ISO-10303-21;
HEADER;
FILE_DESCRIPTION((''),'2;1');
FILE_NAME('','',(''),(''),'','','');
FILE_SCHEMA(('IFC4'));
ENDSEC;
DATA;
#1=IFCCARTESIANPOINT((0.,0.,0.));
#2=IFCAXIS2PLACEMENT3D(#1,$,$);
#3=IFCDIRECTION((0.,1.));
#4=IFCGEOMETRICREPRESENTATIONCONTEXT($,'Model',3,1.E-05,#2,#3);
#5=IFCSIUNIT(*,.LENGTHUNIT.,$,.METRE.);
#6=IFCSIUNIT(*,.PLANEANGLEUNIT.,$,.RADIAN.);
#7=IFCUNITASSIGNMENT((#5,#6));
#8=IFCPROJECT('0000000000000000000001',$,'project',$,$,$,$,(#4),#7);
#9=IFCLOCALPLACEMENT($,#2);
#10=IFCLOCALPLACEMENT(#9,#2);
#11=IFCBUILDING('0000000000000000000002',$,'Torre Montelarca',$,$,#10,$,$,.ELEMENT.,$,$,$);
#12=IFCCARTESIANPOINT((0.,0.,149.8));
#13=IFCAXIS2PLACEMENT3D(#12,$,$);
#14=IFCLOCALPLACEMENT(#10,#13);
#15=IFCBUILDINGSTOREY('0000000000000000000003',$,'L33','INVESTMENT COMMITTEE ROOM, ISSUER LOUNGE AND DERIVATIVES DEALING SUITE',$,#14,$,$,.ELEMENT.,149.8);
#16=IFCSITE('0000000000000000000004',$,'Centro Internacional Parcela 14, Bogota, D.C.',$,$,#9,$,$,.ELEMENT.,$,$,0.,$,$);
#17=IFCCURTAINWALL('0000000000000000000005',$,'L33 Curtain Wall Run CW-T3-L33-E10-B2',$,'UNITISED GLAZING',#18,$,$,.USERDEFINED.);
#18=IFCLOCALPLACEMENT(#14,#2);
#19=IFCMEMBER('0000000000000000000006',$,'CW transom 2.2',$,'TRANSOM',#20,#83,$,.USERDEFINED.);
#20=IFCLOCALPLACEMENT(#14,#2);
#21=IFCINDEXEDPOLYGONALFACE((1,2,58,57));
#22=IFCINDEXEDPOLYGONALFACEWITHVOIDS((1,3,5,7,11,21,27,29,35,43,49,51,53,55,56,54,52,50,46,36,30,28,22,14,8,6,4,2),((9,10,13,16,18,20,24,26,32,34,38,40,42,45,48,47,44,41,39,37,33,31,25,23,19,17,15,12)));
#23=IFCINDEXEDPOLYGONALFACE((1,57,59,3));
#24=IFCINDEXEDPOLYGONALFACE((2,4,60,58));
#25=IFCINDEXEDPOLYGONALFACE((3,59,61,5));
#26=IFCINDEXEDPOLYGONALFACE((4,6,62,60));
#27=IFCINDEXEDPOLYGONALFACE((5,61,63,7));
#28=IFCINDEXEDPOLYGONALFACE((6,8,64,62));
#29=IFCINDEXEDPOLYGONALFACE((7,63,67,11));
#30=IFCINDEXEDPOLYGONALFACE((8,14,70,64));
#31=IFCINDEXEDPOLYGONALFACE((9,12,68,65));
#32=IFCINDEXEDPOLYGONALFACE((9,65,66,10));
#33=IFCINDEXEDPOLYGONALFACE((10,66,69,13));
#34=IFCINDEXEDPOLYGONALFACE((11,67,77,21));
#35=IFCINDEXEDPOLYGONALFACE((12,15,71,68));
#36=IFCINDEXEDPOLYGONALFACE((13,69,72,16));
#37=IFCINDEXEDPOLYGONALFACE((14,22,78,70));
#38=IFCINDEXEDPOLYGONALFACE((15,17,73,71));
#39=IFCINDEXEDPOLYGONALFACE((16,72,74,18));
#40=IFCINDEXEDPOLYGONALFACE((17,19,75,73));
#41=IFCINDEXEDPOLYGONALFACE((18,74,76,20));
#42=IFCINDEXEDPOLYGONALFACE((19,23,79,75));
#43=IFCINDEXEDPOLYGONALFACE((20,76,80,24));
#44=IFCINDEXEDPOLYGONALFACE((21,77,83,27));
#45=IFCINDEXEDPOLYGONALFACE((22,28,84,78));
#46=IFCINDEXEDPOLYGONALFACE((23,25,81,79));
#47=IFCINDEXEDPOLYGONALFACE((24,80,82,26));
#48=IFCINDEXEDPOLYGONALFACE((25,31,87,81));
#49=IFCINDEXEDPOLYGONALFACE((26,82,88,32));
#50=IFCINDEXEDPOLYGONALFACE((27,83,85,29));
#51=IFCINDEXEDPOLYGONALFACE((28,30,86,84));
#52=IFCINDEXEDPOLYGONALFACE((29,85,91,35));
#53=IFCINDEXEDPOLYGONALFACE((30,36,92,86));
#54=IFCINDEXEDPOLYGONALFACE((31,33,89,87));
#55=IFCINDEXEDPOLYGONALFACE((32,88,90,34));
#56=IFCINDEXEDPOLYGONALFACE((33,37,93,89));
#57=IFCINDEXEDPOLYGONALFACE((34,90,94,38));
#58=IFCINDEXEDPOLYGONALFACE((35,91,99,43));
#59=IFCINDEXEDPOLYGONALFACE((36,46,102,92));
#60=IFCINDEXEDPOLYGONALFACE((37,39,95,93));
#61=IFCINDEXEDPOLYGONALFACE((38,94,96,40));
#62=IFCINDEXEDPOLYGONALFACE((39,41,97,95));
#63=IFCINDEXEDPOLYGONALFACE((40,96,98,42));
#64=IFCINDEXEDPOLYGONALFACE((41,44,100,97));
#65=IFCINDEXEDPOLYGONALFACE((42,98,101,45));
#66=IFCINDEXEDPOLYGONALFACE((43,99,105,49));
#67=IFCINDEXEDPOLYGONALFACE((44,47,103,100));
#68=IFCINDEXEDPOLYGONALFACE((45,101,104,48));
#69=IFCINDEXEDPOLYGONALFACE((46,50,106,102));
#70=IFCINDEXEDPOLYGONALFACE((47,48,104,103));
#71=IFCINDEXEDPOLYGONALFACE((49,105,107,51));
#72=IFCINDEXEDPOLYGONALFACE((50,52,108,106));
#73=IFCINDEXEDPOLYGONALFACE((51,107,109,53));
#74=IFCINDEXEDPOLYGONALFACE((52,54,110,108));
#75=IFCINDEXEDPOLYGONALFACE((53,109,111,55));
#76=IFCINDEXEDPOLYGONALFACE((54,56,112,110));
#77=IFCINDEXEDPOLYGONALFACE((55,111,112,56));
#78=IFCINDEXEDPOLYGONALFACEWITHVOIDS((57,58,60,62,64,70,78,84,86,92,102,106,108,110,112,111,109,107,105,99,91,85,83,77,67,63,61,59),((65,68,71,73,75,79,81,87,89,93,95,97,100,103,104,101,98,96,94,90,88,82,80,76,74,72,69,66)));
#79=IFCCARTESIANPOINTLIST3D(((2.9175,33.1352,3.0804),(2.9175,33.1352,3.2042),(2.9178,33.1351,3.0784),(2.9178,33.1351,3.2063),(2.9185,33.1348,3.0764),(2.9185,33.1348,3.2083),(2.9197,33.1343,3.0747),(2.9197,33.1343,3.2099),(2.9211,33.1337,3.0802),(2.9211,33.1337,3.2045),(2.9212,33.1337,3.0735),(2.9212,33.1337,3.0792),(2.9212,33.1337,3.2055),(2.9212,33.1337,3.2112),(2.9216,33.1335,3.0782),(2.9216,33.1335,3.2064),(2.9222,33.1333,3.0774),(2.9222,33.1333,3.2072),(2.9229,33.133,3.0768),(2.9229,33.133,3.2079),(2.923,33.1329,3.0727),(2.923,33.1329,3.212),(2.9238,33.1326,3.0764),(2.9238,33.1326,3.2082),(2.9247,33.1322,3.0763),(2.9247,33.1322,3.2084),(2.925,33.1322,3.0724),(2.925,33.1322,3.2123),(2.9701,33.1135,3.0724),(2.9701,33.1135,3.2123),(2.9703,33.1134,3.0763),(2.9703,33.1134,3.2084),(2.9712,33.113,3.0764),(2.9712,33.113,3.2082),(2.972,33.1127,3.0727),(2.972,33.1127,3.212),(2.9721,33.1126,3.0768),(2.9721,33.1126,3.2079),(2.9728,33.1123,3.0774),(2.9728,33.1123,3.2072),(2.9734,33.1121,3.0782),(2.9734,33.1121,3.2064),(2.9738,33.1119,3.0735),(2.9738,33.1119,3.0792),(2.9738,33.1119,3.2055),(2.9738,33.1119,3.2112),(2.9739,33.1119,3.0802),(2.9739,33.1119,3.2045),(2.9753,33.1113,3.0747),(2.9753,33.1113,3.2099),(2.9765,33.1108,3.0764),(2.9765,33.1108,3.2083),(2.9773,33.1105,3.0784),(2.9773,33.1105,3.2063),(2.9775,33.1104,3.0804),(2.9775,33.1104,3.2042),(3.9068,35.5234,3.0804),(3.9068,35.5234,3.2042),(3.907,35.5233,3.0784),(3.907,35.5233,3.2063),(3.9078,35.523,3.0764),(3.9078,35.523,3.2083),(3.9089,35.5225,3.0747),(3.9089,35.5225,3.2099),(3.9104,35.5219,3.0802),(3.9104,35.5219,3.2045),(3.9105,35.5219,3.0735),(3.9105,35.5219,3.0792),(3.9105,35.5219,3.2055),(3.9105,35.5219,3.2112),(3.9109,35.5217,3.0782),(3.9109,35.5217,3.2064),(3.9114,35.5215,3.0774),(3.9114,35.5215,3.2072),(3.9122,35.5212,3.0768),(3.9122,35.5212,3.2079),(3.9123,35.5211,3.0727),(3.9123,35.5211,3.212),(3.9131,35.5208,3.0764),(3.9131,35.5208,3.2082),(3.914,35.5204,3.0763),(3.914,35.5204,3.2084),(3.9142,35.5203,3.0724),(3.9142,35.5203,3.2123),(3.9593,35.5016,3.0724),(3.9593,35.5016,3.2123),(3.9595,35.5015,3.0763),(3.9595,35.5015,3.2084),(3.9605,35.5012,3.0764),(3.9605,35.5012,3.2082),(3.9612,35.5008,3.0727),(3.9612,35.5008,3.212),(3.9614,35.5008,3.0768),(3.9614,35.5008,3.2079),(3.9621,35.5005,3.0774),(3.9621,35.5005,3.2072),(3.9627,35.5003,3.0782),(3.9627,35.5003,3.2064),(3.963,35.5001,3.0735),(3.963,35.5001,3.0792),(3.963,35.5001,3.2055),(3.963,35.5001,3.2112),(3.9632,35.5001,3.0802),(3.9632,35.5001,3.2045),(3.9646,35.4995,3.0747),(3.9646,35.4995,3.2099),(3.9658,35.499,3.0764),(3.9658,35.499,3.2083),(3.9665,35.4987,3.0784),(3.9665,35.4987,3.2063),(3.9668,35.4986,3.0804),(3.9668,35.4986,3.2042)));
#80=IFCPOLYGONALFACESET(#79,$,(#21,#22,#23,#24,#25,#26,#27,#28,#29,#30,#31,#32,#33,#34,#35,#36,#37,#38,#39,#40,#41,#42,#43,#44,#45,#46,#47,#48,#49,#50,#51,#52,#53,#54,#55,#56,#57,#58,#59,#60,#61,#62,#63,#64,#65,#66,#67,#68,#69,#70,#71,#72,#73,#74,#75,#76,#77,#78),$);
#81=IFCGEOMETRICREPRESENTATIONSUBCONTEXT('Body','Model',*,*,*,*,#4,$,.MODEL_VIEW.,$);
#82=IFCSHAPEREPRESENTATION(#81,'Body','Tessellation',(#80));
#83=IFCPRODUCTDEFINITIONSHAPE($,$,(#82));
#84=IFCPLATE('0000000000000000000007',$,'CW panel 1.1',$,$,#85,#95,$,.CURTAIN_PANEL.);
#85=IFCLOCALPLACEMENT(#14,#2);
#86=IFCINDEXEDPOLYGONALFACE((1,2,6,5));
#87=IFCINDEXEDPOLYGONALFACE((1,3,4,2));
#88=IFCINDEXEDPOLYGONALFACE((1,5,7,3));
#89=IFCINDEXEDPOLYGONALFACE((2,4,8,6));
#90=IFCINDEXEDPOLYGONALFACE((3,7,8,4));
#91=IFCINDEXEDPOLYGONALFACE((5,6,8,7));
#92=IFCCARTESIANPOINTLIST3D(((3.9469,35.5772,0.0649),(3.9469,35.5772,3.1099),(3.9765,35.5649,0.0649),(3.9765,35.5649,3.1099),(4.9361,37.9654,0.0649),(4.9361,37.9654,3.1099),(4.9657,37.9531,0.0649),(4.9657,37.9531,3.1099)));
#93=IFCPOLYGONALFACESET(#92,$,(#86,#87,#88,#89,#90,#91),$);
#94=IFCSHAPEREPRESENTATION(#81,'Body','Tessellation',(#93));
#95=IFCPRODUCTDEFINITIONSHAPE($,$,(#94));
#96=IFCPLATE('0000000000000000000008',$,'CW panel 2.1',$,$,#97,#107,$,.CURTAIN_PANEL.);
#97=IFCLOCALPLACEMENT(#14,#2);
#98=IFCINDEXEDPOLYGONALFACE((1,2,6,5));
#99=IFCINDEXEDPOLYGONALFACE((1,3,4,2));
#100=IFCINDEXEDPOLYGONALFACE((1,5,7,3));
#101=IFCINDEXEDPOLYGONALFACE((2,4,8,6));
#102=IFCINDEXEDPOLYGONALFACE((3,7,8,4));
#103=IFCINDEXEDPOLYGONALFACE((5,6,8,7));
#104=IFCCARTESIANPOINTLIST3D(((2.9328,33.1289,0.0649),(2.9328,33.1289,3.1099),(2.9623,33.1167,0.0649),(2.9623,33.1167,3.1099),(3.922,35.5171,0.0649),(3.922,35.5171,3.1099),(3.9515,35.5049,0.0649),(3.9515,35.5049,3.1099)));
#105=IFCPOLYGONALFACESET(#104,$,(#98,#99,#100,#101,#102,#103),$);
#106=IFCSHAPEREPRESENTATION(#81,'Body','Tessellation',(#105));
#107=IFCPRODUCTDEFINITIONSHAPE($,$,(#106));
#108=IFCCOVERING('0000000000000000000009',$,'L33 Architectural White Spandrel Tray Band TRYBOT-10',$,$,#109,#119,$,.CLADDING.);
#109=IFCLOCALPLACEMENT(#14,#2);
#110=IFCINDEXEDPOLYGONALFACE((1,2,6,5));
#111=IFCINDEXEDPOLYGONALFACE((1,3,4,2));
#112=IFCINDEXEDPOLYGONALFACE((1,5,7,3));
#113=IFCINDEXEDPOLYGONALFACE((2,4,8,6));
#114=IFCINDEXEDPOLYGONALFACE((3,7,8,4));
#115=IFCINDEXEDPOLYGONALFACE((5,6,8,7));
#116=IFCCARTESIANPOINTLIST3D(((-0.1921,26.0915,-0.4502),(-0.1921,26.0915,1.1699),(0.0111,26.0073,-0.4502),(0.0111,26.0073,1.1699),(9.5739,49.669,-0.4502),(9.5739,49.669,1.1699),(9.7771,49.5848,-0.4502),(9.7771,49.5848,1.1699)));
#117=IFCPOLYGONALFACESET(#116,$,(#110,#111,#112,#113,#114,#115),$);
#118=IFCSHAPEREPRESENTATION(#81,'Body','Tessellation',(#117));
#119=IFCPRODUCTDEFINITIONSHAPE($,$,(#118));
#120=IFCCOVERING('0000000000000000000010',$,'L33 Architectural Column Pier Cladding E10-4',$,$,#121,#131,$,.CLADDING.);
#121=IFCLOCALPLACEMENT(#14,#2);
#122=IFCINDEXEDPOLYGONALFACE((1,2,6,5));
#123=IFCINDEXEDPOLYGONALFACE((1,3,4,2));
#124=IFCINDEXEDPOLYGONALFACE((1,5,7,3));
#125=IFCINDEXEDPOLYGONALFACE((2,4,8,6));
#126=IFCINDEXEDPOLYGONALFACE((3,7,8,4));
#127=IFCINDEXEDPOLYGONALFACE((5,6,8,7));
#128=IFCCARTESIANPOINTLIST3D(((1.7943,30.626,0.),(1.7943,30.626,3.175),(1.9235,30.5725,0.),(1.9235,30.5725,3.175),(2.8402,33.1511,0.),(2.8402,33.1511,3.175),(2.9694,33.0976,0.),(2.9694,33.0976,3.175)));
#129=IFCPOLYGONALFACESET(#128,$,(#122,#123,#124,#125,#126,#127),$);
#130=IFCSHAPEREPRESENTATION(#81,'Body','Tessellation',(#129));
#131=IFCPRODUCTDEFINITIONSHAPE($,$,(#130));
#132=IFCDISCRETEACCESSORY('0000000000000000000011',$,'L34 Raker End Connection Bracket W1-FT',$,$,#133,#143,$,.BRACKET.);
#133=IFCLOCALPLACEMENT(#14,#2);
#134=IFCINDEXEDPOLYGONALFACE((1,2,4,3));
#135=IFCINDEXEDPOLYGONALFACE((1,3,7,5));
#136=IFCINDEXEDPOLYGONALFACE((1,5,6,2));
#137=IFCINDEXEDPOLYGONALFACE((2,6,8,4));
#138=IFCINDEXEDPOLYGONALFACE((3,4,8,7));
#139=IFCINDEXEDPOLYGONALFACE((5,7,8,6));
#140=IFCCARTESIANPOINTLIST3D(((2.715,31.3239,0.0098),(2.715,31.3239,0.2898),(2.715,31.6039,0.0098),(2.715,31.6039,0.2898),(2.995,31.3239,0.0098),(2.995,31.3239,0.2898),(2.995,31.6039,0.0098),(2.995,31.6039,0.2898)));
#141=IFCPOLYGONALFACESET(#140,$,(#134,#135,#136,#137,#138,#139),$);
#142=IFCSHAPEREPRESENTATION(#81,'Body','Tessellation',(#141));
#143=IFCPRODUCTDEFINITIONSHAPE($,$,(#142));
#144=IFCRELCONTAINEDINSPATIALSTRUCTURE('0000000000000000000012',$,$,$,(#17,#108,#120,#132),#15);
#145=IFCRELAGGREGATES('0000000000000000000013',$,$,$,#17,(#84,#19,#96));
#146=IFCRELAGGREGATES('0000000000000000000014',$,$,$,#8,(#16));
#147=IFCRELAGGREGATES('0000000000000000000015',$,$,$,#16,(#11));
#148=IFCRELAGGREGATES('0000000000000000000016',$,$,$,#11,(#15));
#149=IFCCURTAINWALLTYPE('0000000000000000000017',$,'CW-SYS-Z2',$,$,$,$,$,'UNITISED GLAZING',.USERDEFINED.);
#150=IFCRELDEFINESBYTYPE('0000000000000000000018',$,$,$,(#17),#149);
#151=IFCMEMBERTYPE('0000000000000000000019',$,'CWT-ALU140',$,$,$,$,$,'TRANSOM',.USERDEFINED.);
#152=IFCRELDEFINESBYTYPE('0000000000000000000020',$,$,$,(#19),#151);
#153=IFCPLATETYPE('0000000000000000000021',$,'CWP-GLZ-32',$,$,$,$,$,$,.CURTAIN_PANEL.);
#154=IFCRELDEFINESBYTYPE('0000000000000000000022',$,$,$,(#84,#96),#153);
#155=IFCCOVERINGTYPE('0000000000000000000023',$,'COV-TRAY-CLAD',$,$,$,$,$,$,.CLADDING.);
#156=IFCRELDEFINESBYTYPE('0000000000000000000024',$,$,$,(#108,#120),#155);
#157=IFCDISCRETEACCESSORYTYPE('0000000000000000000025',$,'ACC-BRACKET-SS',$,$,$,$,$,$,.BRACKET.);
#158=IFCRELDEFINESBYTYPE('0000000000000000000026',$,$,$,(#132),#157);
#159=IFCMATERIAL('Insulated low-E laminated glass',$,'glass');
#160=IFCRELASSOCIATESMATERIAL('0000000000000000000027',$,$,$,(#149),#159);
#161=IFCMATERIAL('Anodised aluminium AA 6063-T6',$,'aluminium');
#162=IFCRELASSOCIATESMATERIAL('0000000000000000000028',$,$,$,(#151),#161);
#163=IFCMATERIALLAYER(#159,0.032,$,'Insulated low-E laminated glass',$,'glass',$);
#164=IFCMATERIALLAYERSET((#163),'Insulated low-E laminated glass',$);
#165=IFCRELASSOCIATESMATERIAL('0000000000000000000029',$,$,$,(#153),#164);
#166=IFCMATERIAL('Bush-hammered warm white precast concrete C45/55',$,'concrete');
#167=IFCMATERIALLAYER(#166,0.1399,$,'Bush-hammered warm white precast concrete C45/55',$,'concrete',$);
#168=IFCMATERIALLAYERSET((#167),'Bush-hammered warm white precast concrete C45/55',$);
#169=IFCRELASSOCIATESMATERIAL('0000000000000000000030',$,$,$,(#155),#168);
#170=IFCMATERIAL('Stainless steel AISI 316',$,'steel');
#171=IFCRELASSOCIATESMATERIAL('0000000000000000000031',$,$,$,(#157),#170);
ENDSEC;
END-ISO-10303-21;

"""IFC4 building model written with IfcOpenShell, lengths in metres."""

from ifc_helpers import new_model, si_unit, direction, frame, origin, origin_2d, place, context, subcontext, project, spatial, rectangle, hollow_rectangle, extrude, source, transform, mapped, material, layer, layer_set, material_profile, profile_set, type_object, element, aggregate, save


model = new_model("IFC4")

# Units and contexts
model_context = context("Model", 3, precision=1e-05, world=origin(), true_north=direction((0.0, 1.0)))
body_context = subcontext(model_context, "Body", "Model", "MODEL_VIEW")
ifc_project = project(units=[si_unit("LENGTHUNIT", "METRE"), si_unit("PLANEANGLEUNIT", "RADIAN")], contexts=[model_context])

# Site, building, storey
site_placement = place(None, origin())
site = spatial("IfcSite", under=ifc_project, at=site_placement, Name="Centro Internacional Parcela 14, Bogota, D.C.", CompositionType="ELEMENT", RefElevation=0.0)
building_placement = place(site_placement, origin())
building = spatial("IfcBuilding", under=site, at=building_placement, Name="Torre Montelarca", CompositionType="ELEMENT")
storey_placement = place(building_placement, frame((0.0, 0.0, 149.8)))
storey = spatial("IfcBuildingStorey", under=building, at=storey_placement, Name="L33", Description="INVESTMENT COMMITTEE ROOM, ISSUER LOUNGE AND DERIVATIVES DEALING SUITE", CompositionType="ELEMENT", Elevation=149.8)

# Curtain wall
ifc_material_1 = material(Name="Insulated low-E laminated glass", Category="glass")
curtain_wall_type = type_object("IfcCurtainWallType", Name="CW-SYS-Z2", ElementType="UNITISED GLAZING", PredefinedType="USERDEFINED", material=ifc_material_1)
curtain_wall_1_placement = place(storey_placement, origin())
curtain_wall_1 = element("IfcCurtainWall", 1, at=curtain_wall_1_placement, inside=storey, type_object=curtain_wall_type, Name="L33 Curtain Wall Run CW-T3-L33-E10-B2", ObjectType="UNITISED GLAZING", PredefinedType="USERDEFINED")
ifc_material_2 = material(Name="Anodised aluminium AA 6063-T6", Category="aluminium")

# Member
ifc_material_profile_1 = material_profile(ifc_material_2, hollow_rectangle(XDim=0.0649, YDim=0.1399, WallThickness=0.0039, InnerFilletRadius=0.0039, OuterFilletRadius=0.0081, at=origin_2d()), Name="ALU65X140X4", Category="aluminium")
ifc_profile_set_1 = profile_set([ifc_material_profile_1], Name="Anodised aluminium AA 6063-T6")
member_type_1 = type_object("IfcMemberType", Name="CWT-ALU140", ElementType="TRANSOM", PredefinedType="USERDEFINED", material=ifc_profile_set_1)
shared_shape_1 = source(origin(), body_context, "Body", "SweptSolid", [
    extrude(hollow_rectangle(XDim=0.0649, YDim=0.1399, WallThickness=0.0039, InnerFilletRadius=0.0039, OuterFilletRadius=0.0081, at=origin_2d()), origin(), (0.0, 0.0, 1.0), 2.585),
])
member_1_placement = place(storey_placement, frame((3.9368, 35.511, 3.1423), z_axis=(-0.382697, -0.923874, 0.0), x_axis=(0.923874, -0.382697, 0.0)))
member_1 = element("IfcMember", 2, at=member_1_placement, type_object=member_type_1, Name="CW transom 2.2", ObjectType="TRANSOM", PredefinedType="USERDEFINED", context=body_context, shape_type="MappedRepresentation", body=[
    mapped(shared_shape_1, transform((0.0, 0.0, 0.0), scale=1.0)),
])

# Plates
ifc_layer_1 = layer(ifc_material_1, 0.032, Name="Insulated low-E laminated glass", Category="glass")
ifc_layer_set_1 = layer_set([ifc_layer_1], Name="Insulated low-E laminated glass")
plate_type = type_object("IfcPlateType", Name="CWP-GLZ-32", PredefinedType="CURTAIN_PANEL", material=ifc_layer_set_1)
shared_shape_2 = source(origin(), body_context, "Body", "SweptSolid", [
    extrude(rectangle(XDim=2.585, YDim=0.032, at=origin_2d()), origin(), (0.0, 0.0, 1.0), 3.0449),
])
plate_1_placement = place(storey_placement, frame((4.4563, 36.7651, 0.0649), z_axis=(0.0, 0.0, 1.0), x_axis=(-0.382685, -0.923879, 0.0)))
plate_1 = element("IfcPlate", 3, at=plate_1_placement, type_object=plate_type, Name="CW panel 1.1", PredefinedType="CURTAIN_PANEL", context=body_context, shape_type="MappedRepresentation", body=[
    mapped(shared_shape_2, transform((0.0, 0.0, 0.0), scale=1.0)),
])
plate_2_placement = place(storey_placement, frame((3.4421, 34.3169, 0.0649), z_axis=(0.0, 0.0, 1.0), x_axis=(-0.382685, -0.923879, 0.0)))
plate_2 = element("IfcPlate", 4, at=plate_2_placement, type_object=plate_type, Name="CW panel 2.1", PredefinedType="CURTAIN_PANEL", context=body_context, shape_type="MappedRepresentation", body=[
    mapped(shared_shape_2, transform((0.0, 0.0, 0.0), scale=1.0)),
])
aggregate(curtain_wall_1, [plate_1, member_1, plate_2])

# Coverings
ifc_material_3 = material(Name="Bush-hammered warm white precast concrete C45/55", Category="concrete")
ifc_layer_2 = layer(ifc_material_3, 0.1399, Name="Bush-hammered warm white precast concrete C45/55", Category="concrete")
ifc_layer_set_2 = layer_set([ifc_layer_2], Name="Bush-hammered warm white precast concrete C45/55")
covering_type = type_object("IfcCoveringType", Name="COV-TRAY-CLAD", PredefinedType="CLADDING", material=ifc_layer_set_2)
shared_shape_3 = source(origin(), body_context, "Body", "SweptSolid", [
    extrude(rectangle(XDim=25.52, YDim=0.22, at=origin_2d()), origin(), (0.0, 0.0, 1.0), 1.6201),
])
covering_1_placement = place(storey_placement, frame((4.7925, 37.8381, -0.4502), z_axis=(0.0, 0.0, 1.0), x_axis=(-0.38268, -0.923881, 0.0)))
element("IfcCovering", 5, at=covering_1_placement, inside=storey, type_object=covering_type, Name="L33 Architectural White Spandrel Tray Band TRYBOT-10", PredefinedType="CLADDING", context=body_context, shape_type="MappedRepresentation", body=[
    mapped(shared_shape_3, transform((0.0, 0.0, 0.0), scale=1.0)),
])
shared_shape_4 = source(origin(), body_context, "Body", "SweptSolid", [
    extrude(rectangle(XDim=2.7332, YDim=0.1399, at=origin_2d()), origin(), (0.0, 0.0, 1.0), 3.175),
])
covering_2_placement = place(storey_placement, frame((2.3818, 31.8618, 0.0), z_axis=(0.0, 0.0, 1.0), x_axis=(-0.38268, -0.923881, 0.0)))
element("IfcCovering", 6, at=covering_2_placement, inside=storey, type_object=covering_type, Name="L33 Architectural Column Pier Cladding E10-4", PredefinedType="CLADDING", context=body_context, shape_type="MappedRepresentation", body=[
    mapped(shared_shape_4, transform((0.0, 0.0, 0.0), scale=1.0)),
])

# Discrete accessory
ifc_material_4 = material(Name="Stainless steel AISI 316", Category="steel")
discrete_accessory_type = type_object("IfcDiscreteAccessoryType", Name="ACC-BRACKET-SS", PredefinedType="BRACKET", material=ifc_material_4)
shared_shape_5 = source(origin(), body_context, "Body", "SweptSolid", [
    extrude(rectangle(XDim=0.28, YDim=0.28, at=origin_2d()), origin(), (0.0, 0.0, 1.0), 0.28),
])
discrete_accessory_placement = place(storey_placement, frame((2.855, 31.4639, 0.0098), z_axis=(0.0, 0.0, 1.0), x_axis=(1.0, 0.0, 0.0)))
element("IfcDiscreteAccessory", 7, at=discrete_accessory_placement, inside=storey, type_object=discrete_accessory_type, Name="L34 Raker End Connection Bracket W1-FT", PredefinedType="BRACKET", context=body_context, shape_type="MappedRepresentation", body=[
    mapped(shared_shape_5, transform((0.0, 0.0, 0.0), scale=1.0)),
])

save(model, "model.ifc")
